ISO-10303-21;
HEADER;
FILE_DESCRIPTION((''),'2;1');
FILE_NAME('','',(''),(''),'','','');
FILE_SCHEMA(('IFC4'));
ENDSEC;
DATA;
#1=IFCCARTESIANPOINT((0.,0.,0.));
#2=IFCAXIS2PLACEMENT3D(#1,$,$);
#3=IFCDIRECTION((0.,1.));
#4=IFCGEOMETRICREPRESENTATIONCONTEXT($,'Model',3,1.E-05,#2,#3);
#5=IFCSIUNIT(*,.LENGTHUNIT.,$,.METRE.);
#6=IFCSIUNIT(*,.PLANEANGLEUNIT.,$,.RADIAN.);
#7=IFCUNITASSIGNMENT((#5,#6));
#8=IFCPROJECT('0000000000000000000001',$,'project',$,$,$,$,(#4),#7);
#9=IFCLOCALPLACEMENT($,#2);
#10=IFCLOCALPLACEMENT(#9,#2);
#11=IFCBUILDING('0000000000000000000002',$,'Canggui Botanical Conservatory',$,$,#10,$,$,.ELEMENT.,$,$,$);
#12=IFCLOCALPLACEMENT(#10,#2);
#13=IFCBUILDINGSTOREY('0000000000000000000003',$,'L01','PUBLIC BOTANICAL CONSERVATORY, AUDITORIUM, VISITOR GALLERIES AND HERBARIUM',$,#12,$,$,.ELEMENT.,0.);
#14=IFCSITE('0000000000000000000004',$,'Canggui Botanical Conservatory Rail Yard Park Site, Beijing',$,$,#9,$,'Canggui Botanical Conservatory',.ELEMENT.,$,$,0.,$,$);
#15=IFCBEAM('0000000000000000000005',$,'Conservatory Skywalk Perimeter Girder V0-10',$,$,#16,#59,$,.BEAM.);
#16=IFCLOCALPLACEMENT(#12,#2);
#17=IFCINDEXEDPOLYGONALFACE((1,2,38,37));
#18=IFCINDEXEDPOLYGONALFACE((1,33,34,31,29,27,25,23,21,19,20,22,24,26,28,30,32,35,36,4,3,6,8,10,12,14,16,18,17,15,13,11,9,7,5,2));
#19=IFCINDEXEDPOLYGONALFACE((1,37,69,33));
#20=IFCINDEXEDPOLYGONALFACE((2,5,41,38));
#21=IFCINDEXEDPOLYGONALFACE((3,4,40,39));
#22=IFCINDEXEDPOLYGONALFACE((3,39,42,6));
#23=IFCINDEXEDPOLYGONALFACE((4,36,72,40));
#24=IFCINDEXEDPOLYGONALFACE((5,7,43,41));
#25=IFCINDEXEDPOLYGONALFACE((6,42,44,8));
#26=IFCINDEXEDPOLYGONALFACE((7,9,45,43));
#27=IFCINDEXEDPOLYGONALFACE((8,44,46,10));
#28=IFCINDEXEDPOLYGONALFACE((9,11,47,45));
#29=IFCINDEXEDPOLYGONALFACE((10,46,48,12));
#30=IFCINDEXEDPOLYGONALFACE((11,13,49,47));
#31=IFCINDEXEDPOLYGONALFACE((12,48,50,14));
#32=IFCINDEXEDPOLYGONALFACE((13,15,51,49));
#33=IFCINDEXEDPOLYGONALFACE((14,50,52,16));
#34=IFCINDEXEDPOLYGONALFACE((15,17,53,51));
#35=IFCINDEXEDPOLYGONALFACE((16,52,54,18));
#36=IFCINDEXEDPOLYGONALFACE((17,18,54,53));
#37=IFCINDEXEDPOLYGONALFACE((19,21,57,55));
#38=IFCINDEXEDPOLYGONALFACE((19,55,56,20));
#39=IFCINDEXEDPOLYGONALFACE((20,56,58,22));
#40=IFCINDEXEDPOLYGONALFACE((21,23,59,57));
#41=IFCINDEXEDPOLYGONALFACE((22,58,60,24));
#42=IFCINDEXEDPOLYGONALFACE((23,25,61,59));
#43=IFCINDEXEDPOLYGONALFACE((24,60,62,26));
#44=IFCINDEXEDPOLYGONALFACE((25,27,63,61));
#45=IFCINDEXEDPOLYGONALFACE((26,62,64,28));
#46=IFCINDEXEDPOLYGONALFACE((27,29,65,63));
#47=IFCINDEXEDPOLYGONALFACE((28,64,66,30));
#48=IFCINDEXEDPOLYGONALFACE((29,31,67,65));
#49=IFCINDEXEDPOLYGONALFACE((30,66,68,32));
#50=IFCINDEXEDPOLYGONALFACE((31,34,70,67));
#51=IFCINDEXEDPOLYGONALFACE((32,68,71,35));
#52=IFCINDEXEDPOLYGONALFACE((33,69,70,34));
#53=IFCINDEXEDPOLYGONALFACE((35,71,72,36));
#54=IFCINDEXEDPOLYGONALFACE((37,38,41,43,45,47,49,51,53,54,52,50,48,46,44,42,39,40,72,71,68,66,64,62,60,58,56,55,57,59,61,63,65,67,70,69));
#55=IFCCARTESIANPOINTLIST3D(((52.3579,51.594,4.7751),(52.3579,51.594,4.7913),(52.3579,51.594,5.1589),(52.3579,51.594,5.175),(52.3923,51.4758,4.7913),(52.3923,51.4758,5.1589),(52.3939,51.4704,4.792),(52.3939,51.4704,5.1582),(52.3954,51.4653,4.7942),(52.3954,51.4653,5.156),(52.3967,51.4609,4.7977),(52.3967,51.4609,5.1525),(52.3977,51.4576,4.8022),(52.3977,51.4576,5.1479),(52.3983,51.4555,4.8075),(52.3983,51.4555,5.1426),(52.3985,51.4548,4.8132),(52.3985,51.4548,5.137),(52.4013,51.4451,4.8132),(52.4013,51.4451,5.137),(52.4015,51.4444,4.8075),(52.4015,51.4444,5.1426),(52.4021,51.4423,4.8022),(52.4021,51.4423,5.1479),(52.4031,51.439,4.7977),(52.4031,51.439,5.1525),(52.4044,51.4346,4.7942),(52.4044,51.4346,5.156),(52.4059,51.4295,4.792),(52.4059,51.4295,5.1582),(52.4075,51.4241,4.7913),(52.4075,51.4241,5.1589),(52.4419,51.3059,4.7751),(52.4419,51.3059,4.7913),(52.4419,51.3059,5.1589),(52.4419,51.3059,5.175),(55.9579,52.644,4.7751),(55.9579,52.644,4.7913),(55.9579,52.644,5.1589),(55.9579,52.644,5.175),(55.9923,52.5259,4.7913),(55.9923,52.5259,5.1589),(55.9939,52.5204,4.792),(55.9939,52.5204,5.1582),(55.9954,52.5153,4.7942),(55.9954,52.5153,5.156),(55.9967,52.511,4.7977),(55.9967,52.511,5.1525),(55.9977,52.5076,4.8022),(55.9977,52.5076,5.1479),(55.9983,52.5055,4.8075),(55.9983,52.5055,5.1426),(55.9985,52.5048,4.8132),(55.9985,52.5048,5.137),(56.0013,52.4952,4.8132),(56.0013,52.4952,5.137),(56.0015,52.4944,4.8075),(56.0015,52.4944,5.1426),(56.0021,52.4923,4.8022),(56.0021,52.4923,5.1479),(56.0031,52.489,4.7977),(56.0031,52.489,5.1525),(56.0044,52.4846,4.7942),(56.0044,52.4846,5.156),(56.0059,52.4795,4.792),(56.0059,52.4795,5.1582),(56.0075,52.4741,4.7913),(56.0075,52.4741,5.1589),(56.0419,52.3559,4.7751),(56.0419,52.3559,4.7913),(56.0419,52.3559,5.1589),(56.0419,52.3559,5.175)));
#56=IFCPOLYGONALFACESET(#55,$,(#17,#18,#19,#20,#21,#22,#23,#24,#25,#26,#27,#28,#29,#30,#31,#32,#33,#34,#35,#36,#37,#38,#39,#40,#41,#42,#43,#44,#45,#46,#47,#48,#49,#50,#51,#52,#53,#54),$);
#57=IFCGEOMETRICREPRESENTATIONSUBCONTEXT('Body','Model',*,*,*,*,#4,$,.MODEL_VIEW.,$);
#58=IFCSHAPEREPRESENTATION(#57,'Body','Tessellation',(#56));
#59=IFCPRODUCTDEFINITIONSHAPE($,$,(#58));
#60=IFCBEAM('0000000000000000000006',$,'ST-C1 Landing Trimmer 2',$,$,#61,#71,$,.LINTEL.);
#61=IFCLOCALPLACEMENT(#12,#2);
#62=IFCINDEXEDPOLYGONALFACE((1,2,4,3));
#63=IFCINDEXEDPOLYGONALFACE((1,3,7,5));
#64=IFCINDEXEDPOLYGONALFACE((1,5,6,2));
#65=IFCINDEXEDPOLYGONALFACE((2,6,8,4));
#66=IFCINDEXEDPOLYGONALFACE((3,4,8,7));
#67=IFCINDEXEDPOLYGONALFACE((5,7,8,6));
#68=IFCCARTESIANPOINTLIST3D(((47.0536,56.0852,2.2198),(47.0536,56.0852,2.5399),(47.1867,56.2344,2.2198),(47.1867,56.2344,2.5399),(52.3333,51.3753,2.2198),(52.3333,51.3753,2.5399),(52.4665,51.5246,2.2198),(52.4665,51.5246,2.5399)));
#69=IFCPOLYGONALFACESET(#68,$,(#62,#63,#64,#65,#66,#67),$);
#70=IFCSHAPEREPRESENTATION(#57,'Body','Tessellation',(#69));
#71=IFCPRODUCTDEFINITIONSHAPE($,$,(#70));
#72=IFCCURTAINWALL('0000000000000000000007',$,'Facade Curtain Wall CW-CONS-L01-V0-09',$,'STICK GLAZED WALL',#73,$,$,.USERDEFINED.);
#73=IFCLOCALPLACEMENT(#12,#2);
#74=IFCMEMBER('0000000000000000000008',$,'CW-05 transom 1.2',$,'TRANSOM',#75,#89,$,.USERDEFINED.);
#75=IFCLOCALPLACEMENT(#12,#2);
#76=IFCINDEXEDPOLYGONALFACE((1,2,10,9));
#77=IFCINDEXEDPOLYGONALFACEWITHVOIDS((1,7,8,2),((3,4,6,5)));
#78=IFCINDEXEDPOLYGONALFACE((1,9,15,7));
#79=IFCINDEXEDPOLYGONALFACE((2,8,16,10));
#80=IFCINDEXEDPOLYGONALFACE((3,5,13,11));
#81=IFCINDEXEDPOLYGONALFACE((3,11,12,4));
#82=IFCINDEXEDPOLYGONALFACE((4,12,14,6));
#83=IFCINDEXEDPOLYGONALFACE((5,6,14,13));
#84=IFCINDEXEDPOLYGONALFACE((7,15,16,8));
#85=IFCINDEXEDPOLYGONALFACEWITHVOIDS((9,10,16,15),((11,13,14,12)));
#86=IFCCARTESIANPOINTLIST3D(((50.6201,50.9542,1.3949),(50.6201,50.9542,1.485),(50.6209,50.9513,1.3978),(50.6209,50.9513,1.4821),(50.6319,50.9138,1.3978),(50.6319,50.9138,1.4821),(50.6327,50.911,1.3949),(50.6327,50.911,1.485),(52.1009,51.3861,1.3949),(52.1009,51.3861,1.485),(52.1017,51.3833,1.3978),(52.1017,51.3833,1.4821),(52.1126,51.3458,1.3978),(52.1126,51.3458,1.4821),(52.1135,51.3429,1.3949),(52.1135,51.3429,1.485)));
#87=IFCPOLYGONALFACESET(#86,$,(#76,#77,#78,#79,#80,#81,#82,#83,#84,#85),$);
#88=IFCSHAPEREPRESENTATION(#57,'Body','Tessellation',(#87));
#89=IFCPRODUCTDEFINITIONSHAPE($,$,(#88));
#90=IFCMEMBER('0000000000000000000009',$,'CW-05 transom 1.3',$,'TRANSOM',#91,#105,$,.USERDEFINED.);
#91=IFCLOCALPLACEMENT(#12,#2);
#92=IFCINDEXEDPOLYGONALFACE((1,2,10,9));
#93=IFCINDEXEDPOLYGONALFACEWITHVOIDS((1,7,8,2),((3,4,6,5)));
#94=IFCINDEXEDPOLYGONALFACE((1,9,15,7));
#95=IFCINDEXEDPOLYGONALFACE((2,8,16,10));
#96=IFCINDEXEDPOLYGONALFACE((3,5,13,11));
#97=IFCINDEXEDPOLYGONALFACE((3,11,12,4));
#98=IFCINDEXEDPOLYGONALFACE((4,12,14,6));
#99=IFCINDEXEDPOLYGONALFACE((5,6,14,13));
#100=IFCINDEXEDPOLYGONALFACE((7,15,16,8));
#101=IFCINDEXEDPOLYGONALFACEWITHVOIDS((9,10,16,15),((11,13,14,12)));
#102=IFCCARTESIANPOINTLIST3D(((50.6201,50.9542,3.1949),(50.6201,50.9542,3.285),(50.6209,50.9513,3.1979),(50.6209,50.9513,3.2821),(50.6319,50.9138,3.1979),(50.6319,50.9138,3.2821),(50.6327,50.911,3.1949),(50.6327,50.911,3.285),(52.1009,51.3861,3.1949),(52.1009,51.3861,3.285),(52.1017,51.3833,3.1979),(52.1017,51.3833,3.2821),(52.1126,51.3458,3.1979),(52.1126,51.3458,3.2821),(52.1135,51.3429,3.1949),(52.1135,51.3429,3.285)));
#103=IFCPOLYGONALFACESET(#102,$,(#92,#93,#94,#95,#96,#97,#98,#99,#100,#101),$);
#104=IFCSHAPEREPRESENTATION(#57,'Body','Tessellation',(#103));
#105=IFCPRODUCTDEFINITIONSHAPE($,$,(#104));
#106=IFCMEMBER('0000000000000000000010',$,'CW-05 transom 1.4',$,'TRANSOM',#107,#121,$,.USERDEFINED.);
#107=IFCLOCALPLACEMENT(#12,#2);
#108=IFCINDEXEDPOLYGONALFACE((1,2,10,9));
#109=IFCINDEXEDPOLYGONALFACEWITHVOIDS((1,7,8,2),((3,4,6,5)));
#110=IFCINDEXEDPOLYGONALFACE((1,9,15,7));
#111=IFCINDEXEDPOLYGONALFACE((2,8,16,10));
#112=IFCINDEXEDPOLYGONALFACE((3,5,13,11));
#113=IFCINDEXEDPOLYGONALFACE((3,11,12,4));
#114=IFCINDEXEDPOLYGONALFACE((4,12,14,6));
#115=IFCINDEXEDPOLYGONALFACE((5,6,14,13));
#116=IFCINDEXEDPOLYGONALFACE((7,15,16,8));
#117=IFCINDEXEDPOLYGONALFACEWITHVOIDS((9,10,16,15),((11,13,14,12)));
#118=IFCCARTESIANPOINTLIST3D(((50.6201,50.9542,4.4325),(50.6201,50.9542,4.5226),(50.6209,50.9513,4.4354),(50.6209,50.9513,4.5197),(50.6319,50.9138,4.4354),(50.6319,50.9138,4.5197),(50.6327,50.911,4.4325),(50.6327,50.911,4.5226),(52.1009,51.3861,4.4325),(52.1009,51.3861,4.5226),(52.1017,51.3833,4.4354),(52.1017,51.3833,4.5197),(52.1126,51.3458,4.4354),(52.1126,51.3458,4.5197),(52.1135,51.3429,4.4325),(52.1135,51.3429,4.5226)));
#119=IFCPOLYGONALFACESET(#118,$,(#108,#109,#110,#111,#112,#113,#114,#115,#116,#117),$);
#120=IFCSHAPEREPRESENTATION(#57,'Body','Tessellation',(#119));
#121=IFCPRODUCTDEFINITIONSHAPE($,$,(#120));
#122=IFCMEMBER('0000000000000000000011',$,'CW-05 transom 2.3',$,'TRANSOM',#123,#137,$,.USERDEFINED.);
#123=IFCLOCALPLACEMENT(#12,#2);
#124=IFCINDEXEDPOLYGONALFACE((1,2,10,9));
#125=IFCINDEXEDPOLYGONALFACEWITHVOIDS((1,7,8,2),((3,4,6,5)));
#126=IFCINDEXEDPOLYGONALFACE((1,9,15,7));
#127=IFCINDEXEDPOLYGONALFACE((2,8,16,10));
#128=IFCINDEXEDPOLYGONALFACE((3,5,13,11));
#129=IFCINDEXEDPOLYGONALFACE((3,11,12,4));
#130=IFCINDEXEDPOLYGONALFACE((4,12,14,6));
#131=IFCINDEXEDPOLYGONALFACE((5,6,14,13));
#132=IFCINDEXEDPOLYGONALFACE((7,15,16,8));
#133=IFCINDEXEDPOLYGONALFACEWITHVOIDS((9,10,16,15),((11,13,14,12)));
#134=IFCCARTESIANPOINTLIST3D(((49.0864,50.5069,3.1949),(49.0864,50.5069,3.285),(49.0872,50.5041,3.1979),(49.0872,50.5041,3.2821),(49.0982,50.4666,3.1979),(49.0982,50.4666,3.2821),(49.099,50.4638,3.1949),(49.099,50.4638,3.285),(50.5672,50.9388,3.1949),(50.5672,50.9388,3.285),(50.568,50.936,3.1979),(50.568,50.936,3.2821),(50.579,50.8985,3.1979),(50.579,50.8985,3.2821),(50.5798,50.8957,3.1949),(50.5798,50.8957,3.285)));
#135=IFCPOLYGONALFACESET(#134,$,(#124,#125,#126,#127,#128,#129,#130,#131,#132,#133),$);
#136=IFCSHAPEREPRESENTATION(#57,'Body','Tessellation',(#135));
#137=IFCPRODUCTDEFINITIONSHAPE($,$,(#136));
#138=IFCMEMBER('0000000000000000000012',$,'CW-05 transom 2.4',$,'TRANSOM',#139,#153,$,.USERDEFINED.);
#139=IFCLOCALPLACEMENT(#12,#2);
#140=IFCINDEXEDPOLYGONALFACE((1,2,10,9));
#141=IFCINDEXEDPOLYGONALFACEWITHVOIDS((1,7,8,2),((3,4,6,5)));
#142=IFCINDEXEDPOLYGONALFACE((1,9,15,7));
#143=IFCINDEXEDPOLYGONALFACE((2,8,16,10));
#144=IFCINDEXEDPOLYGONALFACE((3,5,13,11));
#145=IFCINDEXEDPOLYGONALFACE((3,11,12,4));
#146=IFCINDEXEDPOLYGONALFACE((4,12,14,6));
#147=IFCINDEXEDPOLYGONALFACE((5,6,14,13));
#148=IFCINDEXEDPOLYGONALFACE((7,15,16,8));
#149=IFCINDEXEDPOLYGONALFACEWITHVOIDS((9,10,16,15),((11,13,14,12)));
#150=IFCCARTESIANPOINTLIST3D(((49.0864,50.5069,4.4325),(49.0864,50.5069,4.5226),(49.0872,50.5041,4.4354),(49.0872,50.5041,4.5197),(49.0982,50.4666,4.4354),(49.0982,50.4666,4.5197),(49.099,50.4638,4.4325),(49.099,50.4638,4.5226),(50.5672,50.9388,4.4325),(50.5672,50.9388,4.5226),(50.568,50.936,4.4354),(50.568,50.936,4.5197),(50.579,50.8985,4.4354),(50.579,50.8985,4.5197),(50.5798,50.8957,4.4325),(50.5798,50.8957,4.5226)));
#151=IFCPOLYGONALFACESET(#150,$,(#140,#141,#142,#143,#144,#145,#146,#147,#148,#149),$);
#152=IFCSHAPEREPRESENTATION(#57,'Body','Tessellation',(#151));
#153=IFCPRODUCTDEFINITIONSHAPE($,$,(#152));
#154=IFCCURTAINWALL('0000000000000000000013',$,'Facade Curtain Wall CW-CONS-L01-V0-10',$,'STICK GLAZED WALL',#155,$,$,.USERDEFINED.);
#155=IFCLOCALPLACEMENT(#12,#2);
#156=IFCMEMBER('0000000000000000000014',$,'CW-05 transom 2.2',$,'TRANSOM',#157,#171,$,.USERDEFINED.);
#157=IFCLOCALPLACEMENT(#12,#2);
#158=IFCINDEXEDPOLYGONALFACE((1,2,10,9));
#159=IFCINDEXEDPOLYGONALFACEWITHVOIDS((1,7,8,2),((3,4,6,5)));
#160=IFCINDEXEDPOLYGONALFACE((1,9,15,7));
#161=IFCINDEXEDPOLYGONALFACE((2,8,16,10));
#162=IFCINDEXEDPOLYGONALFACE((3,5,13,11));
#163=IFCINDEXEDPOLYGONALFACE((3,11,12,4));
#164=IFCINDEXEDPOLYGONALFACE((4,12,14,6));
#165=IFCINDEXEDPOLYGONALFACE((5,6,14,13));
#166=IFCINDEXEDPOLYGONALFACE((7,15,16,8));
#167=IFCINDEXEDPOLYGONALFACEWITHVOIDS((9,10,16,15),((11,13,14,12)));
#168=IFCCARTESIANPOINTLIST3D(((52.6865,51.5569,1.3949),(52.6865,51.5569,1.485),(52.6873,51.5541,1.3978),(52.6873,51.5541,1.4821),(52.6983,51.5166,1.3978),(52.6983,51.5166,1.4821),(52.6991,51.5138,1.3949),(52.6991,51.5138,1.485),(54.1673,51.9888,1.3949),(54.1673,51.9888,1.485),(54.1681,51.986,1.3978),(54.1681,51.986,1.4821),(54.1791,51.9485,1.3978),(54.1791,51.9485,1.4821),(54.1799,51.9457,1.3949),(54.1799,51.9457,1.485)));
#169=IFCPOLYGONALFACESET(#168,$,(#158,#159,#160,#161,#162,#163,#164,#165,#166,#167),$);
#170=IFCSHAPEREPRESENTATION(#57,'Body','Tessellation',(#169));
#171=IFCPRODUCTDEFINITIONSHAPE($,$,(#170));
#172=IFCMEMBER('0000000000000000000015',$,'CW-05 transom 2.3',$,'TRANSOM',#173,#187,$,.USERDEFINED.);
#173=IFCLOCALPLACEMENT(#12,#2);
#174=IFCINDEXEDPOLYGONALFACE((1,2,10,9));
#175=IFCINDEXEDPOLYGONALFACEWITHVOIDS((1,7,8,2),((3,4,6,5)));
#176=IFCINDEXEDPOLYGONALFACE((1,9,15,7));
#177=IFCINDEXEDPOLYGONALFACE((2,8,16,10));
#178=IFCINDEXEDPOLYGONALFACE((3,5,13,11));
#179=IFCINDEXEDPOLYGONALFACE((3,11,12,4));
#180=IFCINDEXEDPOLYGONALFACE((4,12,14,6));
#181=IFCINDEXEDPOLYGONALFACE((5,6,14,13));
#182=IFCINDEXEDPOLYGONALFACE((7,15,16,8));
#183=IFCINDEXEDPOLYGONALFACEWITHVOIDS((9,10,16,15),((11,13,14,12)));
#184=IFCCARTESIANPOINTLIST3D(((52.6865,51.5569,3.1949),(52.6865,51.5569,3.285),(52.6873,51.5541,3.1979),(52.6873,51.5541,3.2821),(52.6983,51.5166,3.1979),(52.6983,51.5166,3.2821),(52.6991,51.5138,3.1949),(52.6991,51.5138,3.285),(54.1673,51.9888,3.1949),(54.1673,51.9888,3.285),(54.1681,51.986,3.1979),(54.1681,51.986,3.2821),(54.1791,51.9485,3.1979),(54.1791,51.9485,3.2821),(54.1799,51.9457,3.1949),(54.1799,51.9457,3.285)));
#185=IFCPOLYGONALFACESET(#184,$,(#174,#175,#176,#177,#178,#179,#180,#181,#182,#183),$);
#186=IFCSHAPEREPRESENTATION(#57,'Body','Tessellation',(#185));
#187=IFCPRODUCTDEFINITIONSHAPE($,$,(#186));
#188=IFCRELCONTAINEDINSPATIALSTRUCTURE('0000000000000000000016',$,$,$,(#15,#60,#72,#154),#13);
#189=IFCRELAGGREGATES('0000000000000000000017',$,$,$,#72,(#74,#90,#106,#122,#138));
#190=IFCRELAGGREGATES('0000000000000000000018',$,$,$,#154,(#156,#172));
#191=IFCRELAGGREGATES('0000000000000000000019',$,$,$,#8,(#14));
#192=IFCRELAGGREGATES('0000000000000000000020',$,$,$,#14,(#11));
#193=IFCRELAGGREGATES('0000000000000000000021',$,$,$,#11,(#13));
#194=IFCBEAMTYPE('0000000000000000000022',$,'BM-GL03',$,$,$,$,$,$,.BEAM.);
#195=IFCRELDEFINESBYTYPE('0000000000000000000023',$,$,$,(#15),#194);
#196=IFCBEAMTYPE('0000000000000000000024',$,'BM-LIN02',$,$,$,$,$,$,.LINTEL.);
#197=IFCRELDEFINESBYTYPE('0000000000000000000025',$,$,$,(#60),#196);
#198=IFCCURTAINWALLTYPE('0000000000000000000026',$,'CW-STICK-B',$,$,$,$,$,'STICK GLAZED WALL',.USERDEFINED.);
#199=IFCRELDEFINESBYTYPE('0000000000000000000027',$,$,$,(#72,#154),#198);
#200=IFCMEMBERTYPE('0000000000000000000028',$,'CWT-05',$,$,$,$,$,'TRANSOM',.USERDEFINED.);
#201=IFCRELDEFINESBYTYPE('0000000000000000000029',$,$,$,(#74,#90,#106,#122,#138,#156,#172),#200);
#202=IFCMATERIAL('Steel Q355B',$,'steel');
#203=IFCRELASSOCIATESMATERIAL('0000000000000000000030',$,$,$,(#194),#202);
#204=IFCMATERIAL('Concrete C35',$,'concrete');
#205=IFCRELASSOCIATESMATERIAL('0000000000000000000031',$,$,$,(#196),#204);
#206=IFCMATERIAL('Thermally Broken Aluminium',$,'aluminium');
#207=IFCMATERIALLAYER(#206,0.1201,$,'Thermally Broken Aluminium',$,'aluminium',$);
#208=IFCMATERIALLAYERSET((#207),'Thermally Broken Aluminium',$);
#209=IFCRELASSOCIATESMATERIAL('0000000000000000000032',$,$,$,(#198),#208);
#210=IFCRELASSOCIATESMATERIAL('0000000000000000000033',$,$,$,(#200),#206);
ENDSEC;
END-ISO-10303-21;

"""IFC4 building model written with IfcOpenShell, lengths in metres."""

from ifc_helpers import new_model, si_unit, direction, frame, origin, origin_2d, place, context, subcontext, project, spatial, rectangle, hollow_rectangle, i_section, extrude, material, layer, layer_set, material_profile, profile_set, type_object, element, aggregate, save


model = new_model("IFC4")

# Units and contexts
model_context = context("Model", 3, precision=1e-05, world=origin(), true_north=direction((0.0, 1.0)))
body_context = subcontext(model_context, "Body", "Model", "MODEL_VIEW")
ifc_project = project(units=[si_unit("LENGTHUNIT", "METRE"), si_unit("PLANEANGLEUNIT", "RADIAN")], contexts=[model_context])

# Site, building, storey
site_placement = place(None, origin())
site = spatial("IfcSite", under=ifc_project, at=site_placement, Name="Canggui Botanical Conservatory Rail Yard Park Site, Beijing", LongName="Canggui Botanical Conservatory", CompositionType="ELEMENT", RefElevation=0.0)
building_placement = place(site_placement, origin())
building = spatial("IfcBuilding", under=site, at=building_placement, Name="Canggui Botanical Conservatory", CompositionType="ELEMENT")
storey_placement = place(building_placement, origin())
storey = spatial("IfcBuildingStorey", under=building, at=storey_placement, Name="L01", Description="PUBLIC BOTANICAL CONSERVATORY, AUDITORIUM, VISITOR GALLERIES AND HERBARIUM", CompositionType="ELEMENT", Elevation=0.0)

# Beams
ifc_material_1 = material(Name="Steel Q355B", Category="steel")
ifc_material_profile_1 = material_profile(ifc_material_1, i_section(OverallWidth=0.3, OverallDepth=0.3999, WebThickness=0.01, FlangeThickness=0.0161, FilletRadius=0.022, at=origin_2d()), Name="HM 400x300x10x16")
ifc_profile_set_1 = profile_set([ifc_material_profile_1], Name="Steel Q355B")
beam_type_1 = type_object("IfcBeamType", Name="BM-GL03", PredefinedType="BEAM", material=ifc_profile_set_1)
beam_1_placement = place(storey_placement, frame((52.3999, 51.45, 4.9751), z_axis=(0.959999, 0.280005, 0.0), x_axis=(-0.280005, 0.959999, 0.0)))
element("IfcBeam", 1, at=beam_1_placement, inside=storey, type_object=beam_type_1, Name="Conservatory Skywalk Perimeter Girder V0-10", PredefinedType="BEAM", context=body_context, shape_type="SweptSolid", body=[
    extrude(i_section(OverallWidth=0.3, OverallDepth=0.3999, WebThickness=0.01, FlangeThickness=0.0161, FilletRadius=0.022, at=origin_2d()), origin(), (0.0, 0.0, 1.0), 3.75),
])
ifc_material_2 = material(Name="Concrete C35", Category="concrete")
ifc_material_profile_2 = material_profile(ifc_material_2, rectangle(XDim=0.2, YDim=0.3201, at=origin_2d()), Name="RB 200x320")
ifc_profile_set_2 = profile_set([ifc_material_profile_2], Name="Concrete C35")
beam_type_2 = type_object("IfcBeamType", Name="BM-LIN02", PredefinedType="LINTEL", material=ifc_profile_set_2)
beam_2_placement = place(storey_placement, frame((52.3999, 51.45, 2.3799), z_axis=(-0.746228, 0.665691, 0.0), x_axis=(-0.665691, -0.746228, 0.0)))
element("IfcBeam", 2, at=beam_2_placement, inside=storey, type_object=beam_type_2, Name="ST-C1 Landing Trimmer 2", PredefinedType="LINTEL", context=body_context, shape_type="SweptSolid", body=[
    extrude(rectangle(XDim=0.2, YDim=0.3201, at=origin_2d()), origin(), (0.0, 0.0, 1.0), 7.0752),
])

# Curtain walls, members
ifc_material_3 = material(Name="Thermally Broken Aluminium", Category="aluminium")
ifc_layer_1 = layer(ifc_material_3, 0.1201, Name="Thermally Broken Aluminium", Category="aluminium")
ifc_layer_set_1 = layer_set([ifc_layer_1], Name="Thermally Broken Aluminium")
curtain_wall_type = type_object("IfcCurtainWallType", Name="CW-STICK-B", ElementType="STICK GLAZED WALL", PredefinedType="USERDEFINED", material=ifc_layer_set_1)
curtain_wall_1_placement = place(storey_placement, origin())
curtain_wall_1 = element("IfcCurtainWall", 3, at=curtain_wall_1_placement, inside=storey, type_object=curtain_wall_type, Name="Facade Curtain Wall CW-CONS-L01-V0-09", ObjectType="STICK GLAZED WALL", PredefinedType="USERDEFINED")
ifc_material_profile_3 = material_profile(ifc_material_3, hollow_rectangle(XDim=0.0449, YDim=0.0901, WallThickness=0.0029, at=origin_2d()), Name="CWT 45x90x3")
ifc_profile_set_3 = profile_set([ifc_material_profile_3], Name="Thermally Broken Aluminium")
member_type = type_object("IfcMemberType", Name="CWT-05", ElementType="TRANSOM", PredefinedType="USERDEFINED", material=ifc_profile_set_3)
member_1_placement = place(storey_placement, frame((52.1072, 51.3645, 1.4399), z_axis=(-0.959998, -0.280006, 0.0), x_axis=(0.280006, -0.959998, 0.0)))
member_1 = element("IfcMember", 4, at=member_1_placement, type_object=member_type, Name="CW-05 transom 1.2", ObjectType="TRANSOM", PredefinedType="USERDEFINED", context=body_context, shape_type="SweptSolid", body=[
    extrude(hollow_rectangle(XDim=0.0449, YDim=0.0901, WallThickness=0.0029, at=origin_2d()), origin(), (0.0, 0.0, 1.0), 1.5425),
])
member_2_placement = place(storey_placement, frame((52.1072, 51.3645, 3.24), z_axis=(-0.959998, -0.280006, 0.0), x_axis=(0.280006, -0.959998, 0.0)))
member_2 = element("IfcMember", 5, at=member_2_placement, type_object=member_type, Name="CW-05 transom 1.3", ObjectType="TRANSOM", PredefinedType="USERDEFINED", context=body_context, shape_type="SweptSolid", body=[
    extrude(hollow_rectangle(XDim=0.0449, YDim=0.0901, WallThickness=0.0029, at=origin_2d()), origin(), (0.0, 0.0, 1.0), 1.5425),
])
member_3_placement = place(storey_placement, frame((52.1072, 51.3645, 4.4775), z_axis=(-0.959998, -0.280006, 0.0), x_axis=(0.280006, -0.959998, 0.0)))
member_3 = element("IfcMember", 6, at=member_3_placement, type_object=member_type, Name="CW-05 transom 1.4", ObjectType="TRANSOM", PredefinedType="USERDEFINED", context=body_context, shape_type="SweptSolid", body=[
    extrude(hollow_rectangle(XDim=0.0449, YDim=0.0901, WallThickness=0.0029, at=origin_2d()), origin(), (0.0, 0.0, 1.0), 1.5425),
])
member_4_placement = place(storey_placement, frame((50.5735, 50.9172, 3.24), z_axis=(-0.959998, -0.280006, 0.0), x_axis=(0.280006, -0.959998, 0.0)))
member_4 = element("IfcMember", 7, at=member_4_placement, type_object=member_type, Name="CW-05 transom 2.3", ObjectType="TRANSOM", PredefinedType="USERDEFINED", context=body_context, shape_type="SweptSolid", body=[
    extrude(hollow_rectangle(XDim=0.0449, YDim=0.0901, WallThickness=0.0029, at=origin_2d()), origin(), (0.0, 0.0, 1.0), 1.5425),
])
member_5_placement = place(storey_placement, frame((50.5735, 50.9172, 4.4775), z_axis=(-0.959998, -0.280006, 0.0), x_axis=(0.280006, -0.959998, 0.0)))
member_5 = element("IfcMember", 8, at=member_5_placement, type_object=member_type, Name="CW-05 transom 2.4", ObjectType="TRANSOM", PredefinedType="USERDEFINED", context=body_context, shape_type="SweptSolid", body=[
    extrude(hollow_rectangle(XDim=0.0449, YDim=0.0901, WallThickness=0.0029, at=origin_2d()), origin(), (0.0, 0.0, 1.0), 1.5425),
])
curtain_wall_2_placement = place(storey_placement, origin())
curtain_wall_2 = element("IfcCurtainWall", 9, at=curtain_wall_2_placement, inside=storey, type_object=curtain_wall_type, Name="Facade Curtain Wall CW-CONS-L01-V0-10", ObjectType="STICK GLAZED WALL", PredefinedType="USERDEFINED")
member_6_placement = place(storey_placement, frame((54.1736, 51.9673, 1.4399), z_axis=(-0.959998, -0.280006, 0.0), x_axis=(0.280006, -0.959998, 0.0)))
member_6 = element("IfcMember", 10, at=member_6_placement, type_object=member_type, Name="CW-05 transom 2.2", ObjectType="TRANSOM", PredefinedType="USERDEFINED", context=body_context, shape_type="SweptSolid", body=[
    extrude(hollow_rectangle(XDim=0.0449, YDim=0.0901, WallThickness=0.0029, at=origin_2d()), origin(), (0.0, 0.0, 1.0), 1.5425),
])
member_7_placement = place(storey_placement, frame((54.1736, 51.9673, 3.24), z_axis=(-0.959998, -0.280006, 0.0), x_axis=(0.280006, -0.959998, 0.0)))
member_7 = element("IfcMember", 11, at=member_7_placement, type_object=member_type, Name="CW-05 transom 2.3", ObjectType="TRANSOM", PredefinedType="USERDEFINED", context=body_context, shape_type="SweptSolid", body=[
    extrude(hollow_rectangle(XDim=0.0449, YDim=0.0901, WallThickness=0.0029, at=origin_2d()), origin(), (0.0, 0.0, 1.0), 1.5425),
])

aggregate(curtain_wall_1, [member_1, member_2, member_3, member_4, member_5])
aggregate(curtain_wall_2, [member_6, member_7])

save(model, "model.ifc")
